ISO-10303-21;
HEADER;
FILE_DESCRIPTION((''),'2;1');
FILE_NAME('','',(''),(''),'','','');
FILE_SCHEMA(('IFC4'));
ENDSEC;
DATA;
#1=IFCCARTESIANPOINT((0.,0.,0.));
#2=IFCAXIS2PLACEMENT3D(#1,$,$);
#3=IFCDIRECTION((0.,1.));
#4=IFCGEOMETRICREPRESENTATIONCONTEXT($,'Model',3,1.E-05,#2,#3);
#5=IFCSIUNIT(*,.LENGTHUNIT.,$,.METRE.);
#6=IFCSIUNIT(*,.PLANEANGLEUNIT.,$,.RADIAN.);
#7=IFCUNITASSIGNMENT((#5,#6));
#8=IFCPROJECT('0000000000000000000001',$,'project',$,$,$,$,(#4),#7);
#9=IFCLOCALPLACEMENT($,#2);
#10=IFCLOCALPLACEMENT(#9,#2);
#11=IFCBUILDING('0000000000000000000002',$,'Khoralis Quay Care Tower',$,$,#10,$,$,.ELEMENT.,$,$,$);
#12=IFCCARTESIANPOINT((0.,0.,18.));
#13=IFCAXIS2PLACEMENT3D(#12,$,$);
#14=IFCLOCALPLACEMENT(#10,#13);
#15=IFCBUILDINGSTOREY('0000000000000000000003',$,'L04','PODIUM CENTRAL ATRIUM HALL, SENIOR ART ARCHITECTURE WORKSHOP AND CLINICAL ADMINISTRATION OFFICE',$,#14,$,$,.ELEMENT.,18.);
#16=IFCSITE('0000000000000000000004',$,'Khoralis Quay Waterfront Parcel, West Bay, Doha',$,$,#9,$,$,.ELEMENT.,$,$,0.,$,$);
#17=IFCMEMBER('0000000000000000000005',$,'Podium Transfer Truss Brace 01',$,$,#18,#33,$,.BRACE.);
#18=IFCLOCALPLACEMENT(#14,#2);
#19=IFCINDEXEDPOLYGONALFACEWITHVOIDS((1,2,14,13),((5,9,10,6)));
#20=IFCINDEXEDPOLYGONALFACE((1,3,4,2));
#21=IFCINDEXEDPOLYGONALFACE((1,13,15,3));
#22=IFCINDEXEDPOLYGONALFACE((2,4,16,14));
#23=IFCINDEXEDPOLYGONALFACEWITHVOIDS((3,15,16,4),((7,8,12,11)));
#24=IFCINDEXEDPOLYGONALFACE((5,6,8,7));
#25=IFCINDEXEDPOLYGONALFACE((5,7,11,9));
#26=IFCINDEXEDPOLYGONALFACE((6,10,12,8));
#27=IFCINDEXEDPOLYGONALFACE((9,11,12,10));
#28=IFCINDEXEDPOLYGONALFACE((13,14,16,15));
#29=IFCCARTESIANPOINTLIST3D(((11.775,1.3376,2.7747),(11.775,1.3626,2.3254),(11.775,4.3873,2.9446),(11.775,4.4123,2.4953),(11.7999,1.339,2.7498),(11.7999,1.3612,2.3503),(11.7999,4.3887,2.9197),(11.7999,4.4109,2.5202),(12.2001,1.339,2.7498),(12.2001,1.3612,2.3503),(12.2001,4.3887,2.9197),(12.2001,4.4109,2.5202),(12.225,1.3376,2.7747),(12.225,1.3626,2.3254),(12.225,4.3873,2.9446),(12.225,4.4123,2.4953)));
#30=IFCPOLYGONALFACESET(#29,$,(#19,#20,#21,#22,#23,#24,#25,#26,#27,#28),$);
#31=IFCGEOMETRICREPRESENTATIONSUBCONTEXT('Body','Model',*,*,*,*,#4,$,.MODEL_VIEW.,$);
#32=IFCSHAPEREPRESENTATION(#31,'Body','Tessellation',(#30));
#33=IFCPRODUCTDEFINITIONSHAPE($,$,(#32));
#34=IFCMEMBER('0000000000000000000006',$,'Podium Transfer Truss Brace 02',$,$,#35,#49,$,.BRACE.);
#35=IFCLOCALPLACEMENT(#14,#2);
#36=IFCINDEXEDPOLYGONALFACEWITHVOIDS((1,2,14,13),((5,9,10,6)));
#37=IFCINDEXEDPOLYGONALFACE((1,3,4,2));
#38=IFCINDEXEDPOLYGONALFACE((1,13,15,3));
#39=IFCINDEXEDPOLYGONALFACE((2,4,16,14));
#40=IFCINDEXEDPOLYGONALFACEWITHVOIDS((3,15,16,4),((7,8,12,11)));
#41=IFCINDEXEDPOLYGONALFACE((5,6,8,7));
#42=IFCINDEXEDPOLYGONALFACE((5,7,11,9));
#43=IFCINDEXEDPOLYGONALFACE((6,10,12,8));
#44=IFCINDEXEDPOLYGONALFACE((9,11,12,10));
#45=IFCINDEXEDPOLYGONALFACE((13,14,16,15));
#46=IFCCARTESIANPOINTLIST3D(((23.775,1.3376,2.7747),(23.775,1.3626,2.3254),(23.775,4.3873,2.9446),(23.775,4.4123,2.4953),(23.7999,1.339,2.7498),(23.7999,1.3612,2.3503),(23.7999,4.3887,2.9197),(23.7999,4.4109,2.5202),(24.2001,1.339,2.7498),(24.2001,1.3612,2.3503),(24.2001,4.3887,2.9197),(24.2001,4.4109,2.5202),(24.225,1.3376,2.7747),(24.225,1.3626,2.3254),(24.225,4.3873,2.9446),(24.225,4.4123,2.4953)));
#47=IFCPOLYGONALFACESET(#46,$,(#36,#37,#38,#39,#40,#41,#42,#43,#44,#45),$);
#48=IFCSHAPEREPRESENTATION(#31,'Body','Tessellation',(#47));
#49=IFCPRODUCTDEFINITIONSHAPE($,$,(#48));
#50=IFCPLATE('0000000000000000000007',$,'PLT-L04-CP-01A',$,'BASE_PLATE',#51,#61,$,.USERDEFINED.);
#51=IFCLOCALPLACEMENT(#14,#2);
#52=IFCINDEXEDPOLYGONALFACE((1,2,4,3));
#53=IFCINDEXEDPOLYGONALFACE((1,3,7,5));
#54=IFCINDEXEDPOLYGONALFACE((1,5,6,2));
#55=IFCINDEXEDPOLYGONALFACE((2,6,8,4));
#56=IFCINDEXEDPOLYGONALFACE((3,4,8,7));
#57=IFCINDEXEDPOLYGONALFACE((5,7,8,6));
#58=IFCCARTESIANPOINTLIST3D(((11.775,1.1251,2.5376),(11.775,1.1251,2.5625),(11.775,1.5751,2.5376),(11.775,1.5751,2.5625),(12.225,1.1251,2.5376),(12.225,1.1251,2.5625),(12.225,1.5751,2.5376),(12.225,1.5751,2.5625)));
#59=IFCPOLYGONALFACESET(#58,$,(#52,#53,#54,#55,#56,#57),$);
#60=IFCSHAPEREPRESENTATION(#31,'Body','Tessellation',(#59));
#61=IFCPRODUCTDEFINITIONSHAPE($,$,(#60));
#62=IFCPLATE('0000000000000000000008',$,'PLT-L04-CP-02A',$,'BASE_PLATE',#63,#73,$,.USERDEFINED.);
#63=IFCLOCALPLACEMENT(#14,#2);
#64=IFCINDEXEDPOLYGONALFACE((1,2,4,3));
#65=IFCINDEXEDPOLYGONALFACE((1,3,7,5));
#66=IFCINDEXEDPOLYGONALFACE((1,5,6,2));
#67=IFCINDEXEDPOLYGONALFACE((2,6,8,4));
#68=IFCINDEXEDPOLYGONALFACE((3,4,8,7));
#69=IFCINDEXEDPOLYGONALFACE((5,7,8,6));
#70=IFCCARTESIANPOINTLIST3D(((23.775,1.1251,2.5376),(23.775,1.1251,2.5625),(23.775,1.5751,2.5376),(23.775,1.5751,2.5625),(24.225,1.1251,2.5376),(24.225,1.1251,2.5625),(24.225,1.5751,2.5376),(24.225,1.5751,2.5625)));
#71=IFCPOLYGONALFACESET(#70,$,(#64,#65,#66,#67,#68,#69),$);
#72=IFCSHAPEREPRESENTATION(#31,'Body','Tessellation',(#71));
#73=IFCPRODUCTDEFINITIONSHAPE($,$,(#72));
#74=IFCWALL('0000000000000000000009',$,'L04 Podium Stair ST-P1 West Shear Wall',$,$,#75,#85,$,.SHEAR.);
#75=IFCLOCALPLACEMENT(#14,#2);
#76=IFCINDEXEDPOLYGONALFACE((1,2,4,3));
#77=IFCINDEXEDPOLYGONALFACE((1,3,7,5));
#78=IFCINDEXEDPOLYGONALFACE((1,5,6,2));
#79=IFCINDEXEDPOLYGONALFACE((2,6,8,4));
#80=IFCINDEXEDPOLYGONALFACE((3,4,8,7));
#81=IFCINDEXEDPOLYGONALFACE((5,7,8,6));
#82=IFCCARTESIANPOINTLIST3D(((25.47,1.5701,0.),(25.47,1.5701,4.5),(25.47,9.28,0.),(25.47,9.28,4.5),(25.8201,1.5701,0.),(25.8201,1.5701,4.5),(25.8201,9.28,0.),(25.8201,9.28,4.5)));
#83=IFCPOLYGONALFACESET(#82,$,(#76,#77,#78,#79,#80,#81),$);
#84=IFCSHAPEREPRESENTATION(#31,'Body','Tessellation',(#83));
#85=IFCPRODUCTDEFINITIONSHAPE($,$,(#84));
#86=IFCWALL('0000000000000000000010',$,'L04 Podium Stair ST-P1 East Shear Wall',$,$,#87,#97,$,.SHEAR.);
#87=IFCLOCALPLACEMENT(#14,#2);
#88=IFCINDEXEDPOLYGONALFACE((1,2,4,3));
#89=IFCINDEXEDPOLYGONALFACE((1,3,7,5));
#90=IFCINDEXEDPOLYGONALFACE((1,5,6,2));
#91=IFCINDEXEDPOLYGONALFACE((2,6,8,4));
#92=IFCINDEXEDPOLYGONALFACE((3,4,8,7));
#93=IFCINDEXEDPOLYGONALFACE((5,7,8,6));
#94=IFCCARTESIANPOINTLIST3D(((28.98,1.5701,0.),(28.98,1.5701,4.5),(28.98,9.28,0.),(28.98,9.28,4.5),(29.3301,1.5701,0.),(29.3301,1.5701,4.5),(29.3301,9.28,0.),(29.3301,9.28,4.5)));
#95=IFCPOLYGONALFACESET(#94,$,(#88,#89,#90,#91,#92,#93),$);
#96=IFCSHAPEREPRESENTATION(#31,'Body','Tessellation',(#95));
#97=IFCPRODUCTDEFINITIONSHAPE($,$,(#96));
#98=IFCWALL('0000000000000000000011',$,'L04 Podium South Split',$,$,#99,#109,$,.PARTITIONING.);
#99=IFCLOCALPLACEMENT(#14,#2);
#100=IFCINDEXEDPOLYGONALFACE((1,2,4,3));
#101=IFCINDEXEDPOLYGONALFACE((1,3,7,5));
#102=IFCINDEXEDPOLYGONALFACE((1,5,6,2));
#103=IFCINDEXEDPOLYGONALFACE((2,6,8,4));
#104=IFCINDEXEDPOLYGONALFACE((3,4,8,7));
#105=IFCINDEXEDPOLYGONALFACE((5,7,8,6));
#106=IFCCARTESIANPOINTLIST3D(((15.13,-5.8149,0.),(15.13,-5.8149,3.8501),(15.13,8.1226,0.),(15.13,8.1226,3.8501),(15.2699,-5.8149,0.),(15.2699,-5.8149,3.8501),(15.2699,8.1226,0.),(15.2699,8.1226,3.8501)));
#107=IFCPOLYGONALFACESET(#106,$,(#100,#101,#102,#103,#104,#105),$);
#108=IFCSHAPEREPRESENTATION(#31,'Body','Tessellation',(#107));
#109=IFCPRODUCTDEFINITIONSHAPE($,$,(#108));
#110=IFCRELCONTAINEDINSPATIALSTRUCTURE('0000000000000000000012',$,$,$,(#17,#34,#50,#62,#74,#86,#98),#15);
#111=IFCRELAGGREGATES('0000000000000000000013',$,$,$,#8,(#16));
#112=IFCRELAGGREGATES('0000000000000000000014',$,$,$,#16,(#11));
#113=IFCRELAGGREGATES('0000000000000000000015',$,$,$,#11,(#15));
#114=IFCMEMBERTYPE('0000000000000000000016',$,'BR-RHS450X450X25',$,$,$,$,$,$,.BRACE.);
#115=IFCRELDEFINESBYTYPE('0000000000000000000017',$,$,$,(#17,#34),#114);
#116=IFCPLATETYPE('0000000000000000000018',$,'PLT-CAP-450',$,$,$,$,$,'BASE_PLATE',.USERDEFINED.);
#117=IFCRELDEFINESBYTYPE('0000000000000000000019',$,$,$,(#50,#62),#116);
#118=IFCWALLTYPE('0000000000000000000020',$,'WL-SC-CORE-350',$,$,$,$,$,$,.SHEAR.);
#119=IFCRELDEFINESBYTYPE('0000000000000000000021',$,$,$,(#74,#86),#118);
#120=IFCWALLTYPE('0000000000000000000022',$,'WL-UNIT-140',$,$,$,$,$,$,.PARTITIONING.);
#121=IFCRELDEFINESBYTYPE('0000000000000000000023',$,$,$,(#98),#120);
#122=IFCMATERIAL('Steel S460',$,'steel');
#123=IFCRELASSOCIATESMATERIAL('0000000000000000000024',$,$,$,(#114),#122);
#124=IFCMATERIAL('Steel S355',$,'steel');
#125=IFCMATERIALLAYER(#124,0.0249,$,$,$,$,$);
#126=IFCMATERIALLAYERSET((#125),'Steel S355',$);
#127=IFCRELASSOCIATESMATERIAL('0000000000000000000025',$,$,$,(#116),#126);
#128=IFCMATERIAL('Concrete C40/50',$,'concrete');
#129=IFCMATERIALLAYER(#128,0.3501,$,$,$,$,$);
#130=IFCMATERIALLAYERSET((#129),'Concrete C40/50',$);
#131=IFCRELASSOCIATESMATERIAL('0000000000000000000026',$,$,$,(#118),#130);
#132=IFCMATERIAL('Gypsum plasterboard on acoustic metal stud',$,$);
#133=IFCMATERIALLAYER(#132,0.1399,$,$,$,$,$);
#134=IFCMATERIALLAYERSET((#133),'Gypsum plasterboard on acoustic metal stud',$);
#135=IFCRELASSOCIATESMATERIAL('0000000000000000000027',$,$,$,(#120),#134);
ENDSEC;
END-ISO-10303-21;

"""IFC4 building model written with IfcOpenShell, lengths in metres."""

from ifc_helpers import new_model, si_unit, direction, frame, frame_2d, origin, origin_2d, place, context, subcontext, project, spatial, rectangle, hollow_rectangle, extrude, source, transform, mapped, material, layer, layer_set, material_profile, profile_set, type_object, element, save


model = new_model("IFC4")

# Units and contexts
model_context = context("Model", 3, precision=1e-05, world=origin(), true_north=direction((0.0, 1.0)))
body_context = subcontext(model_context, "Body", "Model", "MODEL_VIEW")
ifc_project = project(units=[si_unit("LENGTHUNIT", "METRE"), si_unit("PLANEANGLEUNIT", "RADIAN")], contexts=[model_context])

# Site, building, storey
site_placement = place(None, origin())
site = spatial("IfcSite", under=ifc_project, at=site_placement, Name="Khoralis Quay Waterfront Parcel, West Bay, Doha", CompositionType="ELEMENT", RefElevation=0.0)
building_placement = place(site_placement, origin())
building = spatial("IfcBuilding", under=site, at=building_placement, Name="Khoralis Quay Care Tower", CompositionType="ELEMENT")
storey_placement = place(building_placement, frame((0.0, 0.0, 18.0)))
storey = spatial("IfcBuildingStorey", under=building, at=storey_placement, Name="L04", Description="PODIUM CENTRAL ATRIUM HALL, SENIOR ART ARCHITECTURE WORKSHOP AND CLINICAL ADMINISTRATION OFFICE", CompositionType="ELEMENT", Elevation=18.0)

# Members
ifc_material_1 = material(Name="Steel S460", Category="steel")
ifc_material_profile_1 = material_profile(ifc_material_1, hollow_rectangle(XDim=0.45, YDim=0.45, WallThickness=0.0249, at=origin_2d()), Name="Steel S460")
ifc_profile_set_1 = profile_set([ifc_material_profile_1], Name="Steel S460")
member_type = type_object("IfcMemberType", Name="BR-RHS450X450X25", PredefinedType="BRACE", material=ifc_profile_set_1)
shared_shape_1 = source(origin(), body_context, "Body", "SweptSolid", [
    extrude(hollow_rectangle(XDim=0.45, YDim=0.45, WallThickness=0.0249, at=origin_2d()), origin(), (0.0, 0.0, 1.0), 3.0544),
])
for number, where, z_axis, x_axis, name in (
    (1, (12.0, 1.3501, 2.55), (0.0, 0.998451, 0.055629), (-1.0, 0.0, 0.0), "Podium Transfer Truss Brace 01"),
    (2, (24.0, 1.3501, 2.55), (0.0, 0.998451, 0.055629), (-1.0, 0.0, 0.0), "Podium Transfer Truss Brace 02"),
):
    element("IfcMember", number, at=place(storey_placement, frame(where, z_axis=z_axis, x_axis=x_axis)), inside=storey, type_object=member_type, Name=name, PredefinedType="BRACE", context=body_context, shape_type="MappedRepresentation", body=[
        mapped(shared_shape_1, transform((0.0, 0.0, 0.0), scale=1.0)),
    ])

# Plates
ifc_material_2 = material(Name="Steel S355", Category="steel")
ifc_layer_1 = layer(ifc_material_2, 0.0249)
ifc_layer_set_1 = layer_set([ifc_layer_1], Name="Steel S355")
plate_type = type_object("IfcPlateType", Name="PLT-CAP-450", ElementType="BASE_PLATE", PredefinedType="USERDEFINED", material=ifc_layer_set_1)
shared_shape_2 = source(origin(), body_context, "Body", "SweptSolid", [
    extrude(rectangle(XDim=0.45, YDim=0.45, at=origin_2d()), origin(), (0.0, 0.0, 1.0), 0.0249),
])
for number, where, z_axis, x_axis, name in (
    (3, (12.0, 1.3501, 2.5376), (0.0, 0.0, 1.0), (1.0, 0.0, 0.0), "PLT-L04-CP-01A"),
    (4, (24.0, 1.3501, 2.5376), (0.0, 0.0, 1.0), (1.0, 0.0, 0.0), "PLT-L04-CP-02A"),
):
    element("IfcPlate", number, at=place(storey_placement, frame(where, z_axis=z_axis, x_axis=x_axis)), inside=storey, type_object=plate_type, Name=name, ObjectType="BASE_PLATE", PredefinedType="USERDEFINED", context=body_context, shape_type="MappedRepresentation", body=[
        mapped(shared_shape_2, transform((0.0, 0.0, 0.0), scale=1.0)),
    ])

# Walls
ifc_material_3 = material(Name="Concrete C40/50", Category="concrete")
ifc_layer_2 = layer(ifc_material_3, 0.3501)
ifc_layer_set_2 = layer_set([ifc_layer_2], Name="Concrete C40/50")
wall_type_1 = type_object("IfcWallType", Name="WL-SC-CORE-350", PredefinedType="SHEAR", material=ifc_layer_set_2)
for number, where, z_axis, x_axis, name in (
    (5, (25.645, 1.5701, 0.0), (0.0, 0.0, 1.0), (0.0, 1.0, 0.0), "L04 Podium Stair ST-P1 West Shear Wall"),
    (6, (29.155, 1.5701, 0.0), (0.0, 0.0, 1.0), (0.0, 1.0, 0.0), "L04 Podium Stair ST-P1 East Shear Wall"),
):
    element("IfcWall", number, at=place(storey_placement, frame(where, z_axis=z_axis, x_axis=x_axis)), inside=storey, type_object=wall_type_1, Name=name, PredefinedType="SHEAR", context=body_context, shape_type="SweptSolid", body=[
        extrude(rectangle(XDim=7.71, YDim=0.3501, at=frame_2d((3.855, 0.0))), origin(), (0.0, 0.0, 1.0), 4.5),
    ])
ifc_material_4 = material(Name="Gypsum plasterboard on acoustic metal stud")
ifc_layer_3 = layer(ifc_material_4, 0.1399)
ifc_layer_set_3 = layer_set([ifc_layer_3], Name="Gypsum plasterboard on acoustic metal stud")
wall_type_2 = type_object("IfcWallType", Name="WL-UNIT-140", PredefinedType="PARTITIONING", material=ifc_layer_set_3)
wall_placement = place(storey_placement, frame((15.2, -5.8149, 0.0), z_axis=(0.0, 0.0, 1.0), x_axis=(0.0, 1.0, 0.0)))
element("IfcWall", 7, at=wall_placement, inside=storey, type_object=wall_type_2, Name="L04 Podium South Split", PredefinedType="PARTITIONING", context=body_context, shape_type="SweptSolid", body=[
    extrude(rectangle(XDim=13.9375, YDim=0.1399, at=frame_2d((6.9688, 0.0))), origin(), (0.0, 0.0, 1.0), 3.8501),
])

save(model, "model.ifc")
